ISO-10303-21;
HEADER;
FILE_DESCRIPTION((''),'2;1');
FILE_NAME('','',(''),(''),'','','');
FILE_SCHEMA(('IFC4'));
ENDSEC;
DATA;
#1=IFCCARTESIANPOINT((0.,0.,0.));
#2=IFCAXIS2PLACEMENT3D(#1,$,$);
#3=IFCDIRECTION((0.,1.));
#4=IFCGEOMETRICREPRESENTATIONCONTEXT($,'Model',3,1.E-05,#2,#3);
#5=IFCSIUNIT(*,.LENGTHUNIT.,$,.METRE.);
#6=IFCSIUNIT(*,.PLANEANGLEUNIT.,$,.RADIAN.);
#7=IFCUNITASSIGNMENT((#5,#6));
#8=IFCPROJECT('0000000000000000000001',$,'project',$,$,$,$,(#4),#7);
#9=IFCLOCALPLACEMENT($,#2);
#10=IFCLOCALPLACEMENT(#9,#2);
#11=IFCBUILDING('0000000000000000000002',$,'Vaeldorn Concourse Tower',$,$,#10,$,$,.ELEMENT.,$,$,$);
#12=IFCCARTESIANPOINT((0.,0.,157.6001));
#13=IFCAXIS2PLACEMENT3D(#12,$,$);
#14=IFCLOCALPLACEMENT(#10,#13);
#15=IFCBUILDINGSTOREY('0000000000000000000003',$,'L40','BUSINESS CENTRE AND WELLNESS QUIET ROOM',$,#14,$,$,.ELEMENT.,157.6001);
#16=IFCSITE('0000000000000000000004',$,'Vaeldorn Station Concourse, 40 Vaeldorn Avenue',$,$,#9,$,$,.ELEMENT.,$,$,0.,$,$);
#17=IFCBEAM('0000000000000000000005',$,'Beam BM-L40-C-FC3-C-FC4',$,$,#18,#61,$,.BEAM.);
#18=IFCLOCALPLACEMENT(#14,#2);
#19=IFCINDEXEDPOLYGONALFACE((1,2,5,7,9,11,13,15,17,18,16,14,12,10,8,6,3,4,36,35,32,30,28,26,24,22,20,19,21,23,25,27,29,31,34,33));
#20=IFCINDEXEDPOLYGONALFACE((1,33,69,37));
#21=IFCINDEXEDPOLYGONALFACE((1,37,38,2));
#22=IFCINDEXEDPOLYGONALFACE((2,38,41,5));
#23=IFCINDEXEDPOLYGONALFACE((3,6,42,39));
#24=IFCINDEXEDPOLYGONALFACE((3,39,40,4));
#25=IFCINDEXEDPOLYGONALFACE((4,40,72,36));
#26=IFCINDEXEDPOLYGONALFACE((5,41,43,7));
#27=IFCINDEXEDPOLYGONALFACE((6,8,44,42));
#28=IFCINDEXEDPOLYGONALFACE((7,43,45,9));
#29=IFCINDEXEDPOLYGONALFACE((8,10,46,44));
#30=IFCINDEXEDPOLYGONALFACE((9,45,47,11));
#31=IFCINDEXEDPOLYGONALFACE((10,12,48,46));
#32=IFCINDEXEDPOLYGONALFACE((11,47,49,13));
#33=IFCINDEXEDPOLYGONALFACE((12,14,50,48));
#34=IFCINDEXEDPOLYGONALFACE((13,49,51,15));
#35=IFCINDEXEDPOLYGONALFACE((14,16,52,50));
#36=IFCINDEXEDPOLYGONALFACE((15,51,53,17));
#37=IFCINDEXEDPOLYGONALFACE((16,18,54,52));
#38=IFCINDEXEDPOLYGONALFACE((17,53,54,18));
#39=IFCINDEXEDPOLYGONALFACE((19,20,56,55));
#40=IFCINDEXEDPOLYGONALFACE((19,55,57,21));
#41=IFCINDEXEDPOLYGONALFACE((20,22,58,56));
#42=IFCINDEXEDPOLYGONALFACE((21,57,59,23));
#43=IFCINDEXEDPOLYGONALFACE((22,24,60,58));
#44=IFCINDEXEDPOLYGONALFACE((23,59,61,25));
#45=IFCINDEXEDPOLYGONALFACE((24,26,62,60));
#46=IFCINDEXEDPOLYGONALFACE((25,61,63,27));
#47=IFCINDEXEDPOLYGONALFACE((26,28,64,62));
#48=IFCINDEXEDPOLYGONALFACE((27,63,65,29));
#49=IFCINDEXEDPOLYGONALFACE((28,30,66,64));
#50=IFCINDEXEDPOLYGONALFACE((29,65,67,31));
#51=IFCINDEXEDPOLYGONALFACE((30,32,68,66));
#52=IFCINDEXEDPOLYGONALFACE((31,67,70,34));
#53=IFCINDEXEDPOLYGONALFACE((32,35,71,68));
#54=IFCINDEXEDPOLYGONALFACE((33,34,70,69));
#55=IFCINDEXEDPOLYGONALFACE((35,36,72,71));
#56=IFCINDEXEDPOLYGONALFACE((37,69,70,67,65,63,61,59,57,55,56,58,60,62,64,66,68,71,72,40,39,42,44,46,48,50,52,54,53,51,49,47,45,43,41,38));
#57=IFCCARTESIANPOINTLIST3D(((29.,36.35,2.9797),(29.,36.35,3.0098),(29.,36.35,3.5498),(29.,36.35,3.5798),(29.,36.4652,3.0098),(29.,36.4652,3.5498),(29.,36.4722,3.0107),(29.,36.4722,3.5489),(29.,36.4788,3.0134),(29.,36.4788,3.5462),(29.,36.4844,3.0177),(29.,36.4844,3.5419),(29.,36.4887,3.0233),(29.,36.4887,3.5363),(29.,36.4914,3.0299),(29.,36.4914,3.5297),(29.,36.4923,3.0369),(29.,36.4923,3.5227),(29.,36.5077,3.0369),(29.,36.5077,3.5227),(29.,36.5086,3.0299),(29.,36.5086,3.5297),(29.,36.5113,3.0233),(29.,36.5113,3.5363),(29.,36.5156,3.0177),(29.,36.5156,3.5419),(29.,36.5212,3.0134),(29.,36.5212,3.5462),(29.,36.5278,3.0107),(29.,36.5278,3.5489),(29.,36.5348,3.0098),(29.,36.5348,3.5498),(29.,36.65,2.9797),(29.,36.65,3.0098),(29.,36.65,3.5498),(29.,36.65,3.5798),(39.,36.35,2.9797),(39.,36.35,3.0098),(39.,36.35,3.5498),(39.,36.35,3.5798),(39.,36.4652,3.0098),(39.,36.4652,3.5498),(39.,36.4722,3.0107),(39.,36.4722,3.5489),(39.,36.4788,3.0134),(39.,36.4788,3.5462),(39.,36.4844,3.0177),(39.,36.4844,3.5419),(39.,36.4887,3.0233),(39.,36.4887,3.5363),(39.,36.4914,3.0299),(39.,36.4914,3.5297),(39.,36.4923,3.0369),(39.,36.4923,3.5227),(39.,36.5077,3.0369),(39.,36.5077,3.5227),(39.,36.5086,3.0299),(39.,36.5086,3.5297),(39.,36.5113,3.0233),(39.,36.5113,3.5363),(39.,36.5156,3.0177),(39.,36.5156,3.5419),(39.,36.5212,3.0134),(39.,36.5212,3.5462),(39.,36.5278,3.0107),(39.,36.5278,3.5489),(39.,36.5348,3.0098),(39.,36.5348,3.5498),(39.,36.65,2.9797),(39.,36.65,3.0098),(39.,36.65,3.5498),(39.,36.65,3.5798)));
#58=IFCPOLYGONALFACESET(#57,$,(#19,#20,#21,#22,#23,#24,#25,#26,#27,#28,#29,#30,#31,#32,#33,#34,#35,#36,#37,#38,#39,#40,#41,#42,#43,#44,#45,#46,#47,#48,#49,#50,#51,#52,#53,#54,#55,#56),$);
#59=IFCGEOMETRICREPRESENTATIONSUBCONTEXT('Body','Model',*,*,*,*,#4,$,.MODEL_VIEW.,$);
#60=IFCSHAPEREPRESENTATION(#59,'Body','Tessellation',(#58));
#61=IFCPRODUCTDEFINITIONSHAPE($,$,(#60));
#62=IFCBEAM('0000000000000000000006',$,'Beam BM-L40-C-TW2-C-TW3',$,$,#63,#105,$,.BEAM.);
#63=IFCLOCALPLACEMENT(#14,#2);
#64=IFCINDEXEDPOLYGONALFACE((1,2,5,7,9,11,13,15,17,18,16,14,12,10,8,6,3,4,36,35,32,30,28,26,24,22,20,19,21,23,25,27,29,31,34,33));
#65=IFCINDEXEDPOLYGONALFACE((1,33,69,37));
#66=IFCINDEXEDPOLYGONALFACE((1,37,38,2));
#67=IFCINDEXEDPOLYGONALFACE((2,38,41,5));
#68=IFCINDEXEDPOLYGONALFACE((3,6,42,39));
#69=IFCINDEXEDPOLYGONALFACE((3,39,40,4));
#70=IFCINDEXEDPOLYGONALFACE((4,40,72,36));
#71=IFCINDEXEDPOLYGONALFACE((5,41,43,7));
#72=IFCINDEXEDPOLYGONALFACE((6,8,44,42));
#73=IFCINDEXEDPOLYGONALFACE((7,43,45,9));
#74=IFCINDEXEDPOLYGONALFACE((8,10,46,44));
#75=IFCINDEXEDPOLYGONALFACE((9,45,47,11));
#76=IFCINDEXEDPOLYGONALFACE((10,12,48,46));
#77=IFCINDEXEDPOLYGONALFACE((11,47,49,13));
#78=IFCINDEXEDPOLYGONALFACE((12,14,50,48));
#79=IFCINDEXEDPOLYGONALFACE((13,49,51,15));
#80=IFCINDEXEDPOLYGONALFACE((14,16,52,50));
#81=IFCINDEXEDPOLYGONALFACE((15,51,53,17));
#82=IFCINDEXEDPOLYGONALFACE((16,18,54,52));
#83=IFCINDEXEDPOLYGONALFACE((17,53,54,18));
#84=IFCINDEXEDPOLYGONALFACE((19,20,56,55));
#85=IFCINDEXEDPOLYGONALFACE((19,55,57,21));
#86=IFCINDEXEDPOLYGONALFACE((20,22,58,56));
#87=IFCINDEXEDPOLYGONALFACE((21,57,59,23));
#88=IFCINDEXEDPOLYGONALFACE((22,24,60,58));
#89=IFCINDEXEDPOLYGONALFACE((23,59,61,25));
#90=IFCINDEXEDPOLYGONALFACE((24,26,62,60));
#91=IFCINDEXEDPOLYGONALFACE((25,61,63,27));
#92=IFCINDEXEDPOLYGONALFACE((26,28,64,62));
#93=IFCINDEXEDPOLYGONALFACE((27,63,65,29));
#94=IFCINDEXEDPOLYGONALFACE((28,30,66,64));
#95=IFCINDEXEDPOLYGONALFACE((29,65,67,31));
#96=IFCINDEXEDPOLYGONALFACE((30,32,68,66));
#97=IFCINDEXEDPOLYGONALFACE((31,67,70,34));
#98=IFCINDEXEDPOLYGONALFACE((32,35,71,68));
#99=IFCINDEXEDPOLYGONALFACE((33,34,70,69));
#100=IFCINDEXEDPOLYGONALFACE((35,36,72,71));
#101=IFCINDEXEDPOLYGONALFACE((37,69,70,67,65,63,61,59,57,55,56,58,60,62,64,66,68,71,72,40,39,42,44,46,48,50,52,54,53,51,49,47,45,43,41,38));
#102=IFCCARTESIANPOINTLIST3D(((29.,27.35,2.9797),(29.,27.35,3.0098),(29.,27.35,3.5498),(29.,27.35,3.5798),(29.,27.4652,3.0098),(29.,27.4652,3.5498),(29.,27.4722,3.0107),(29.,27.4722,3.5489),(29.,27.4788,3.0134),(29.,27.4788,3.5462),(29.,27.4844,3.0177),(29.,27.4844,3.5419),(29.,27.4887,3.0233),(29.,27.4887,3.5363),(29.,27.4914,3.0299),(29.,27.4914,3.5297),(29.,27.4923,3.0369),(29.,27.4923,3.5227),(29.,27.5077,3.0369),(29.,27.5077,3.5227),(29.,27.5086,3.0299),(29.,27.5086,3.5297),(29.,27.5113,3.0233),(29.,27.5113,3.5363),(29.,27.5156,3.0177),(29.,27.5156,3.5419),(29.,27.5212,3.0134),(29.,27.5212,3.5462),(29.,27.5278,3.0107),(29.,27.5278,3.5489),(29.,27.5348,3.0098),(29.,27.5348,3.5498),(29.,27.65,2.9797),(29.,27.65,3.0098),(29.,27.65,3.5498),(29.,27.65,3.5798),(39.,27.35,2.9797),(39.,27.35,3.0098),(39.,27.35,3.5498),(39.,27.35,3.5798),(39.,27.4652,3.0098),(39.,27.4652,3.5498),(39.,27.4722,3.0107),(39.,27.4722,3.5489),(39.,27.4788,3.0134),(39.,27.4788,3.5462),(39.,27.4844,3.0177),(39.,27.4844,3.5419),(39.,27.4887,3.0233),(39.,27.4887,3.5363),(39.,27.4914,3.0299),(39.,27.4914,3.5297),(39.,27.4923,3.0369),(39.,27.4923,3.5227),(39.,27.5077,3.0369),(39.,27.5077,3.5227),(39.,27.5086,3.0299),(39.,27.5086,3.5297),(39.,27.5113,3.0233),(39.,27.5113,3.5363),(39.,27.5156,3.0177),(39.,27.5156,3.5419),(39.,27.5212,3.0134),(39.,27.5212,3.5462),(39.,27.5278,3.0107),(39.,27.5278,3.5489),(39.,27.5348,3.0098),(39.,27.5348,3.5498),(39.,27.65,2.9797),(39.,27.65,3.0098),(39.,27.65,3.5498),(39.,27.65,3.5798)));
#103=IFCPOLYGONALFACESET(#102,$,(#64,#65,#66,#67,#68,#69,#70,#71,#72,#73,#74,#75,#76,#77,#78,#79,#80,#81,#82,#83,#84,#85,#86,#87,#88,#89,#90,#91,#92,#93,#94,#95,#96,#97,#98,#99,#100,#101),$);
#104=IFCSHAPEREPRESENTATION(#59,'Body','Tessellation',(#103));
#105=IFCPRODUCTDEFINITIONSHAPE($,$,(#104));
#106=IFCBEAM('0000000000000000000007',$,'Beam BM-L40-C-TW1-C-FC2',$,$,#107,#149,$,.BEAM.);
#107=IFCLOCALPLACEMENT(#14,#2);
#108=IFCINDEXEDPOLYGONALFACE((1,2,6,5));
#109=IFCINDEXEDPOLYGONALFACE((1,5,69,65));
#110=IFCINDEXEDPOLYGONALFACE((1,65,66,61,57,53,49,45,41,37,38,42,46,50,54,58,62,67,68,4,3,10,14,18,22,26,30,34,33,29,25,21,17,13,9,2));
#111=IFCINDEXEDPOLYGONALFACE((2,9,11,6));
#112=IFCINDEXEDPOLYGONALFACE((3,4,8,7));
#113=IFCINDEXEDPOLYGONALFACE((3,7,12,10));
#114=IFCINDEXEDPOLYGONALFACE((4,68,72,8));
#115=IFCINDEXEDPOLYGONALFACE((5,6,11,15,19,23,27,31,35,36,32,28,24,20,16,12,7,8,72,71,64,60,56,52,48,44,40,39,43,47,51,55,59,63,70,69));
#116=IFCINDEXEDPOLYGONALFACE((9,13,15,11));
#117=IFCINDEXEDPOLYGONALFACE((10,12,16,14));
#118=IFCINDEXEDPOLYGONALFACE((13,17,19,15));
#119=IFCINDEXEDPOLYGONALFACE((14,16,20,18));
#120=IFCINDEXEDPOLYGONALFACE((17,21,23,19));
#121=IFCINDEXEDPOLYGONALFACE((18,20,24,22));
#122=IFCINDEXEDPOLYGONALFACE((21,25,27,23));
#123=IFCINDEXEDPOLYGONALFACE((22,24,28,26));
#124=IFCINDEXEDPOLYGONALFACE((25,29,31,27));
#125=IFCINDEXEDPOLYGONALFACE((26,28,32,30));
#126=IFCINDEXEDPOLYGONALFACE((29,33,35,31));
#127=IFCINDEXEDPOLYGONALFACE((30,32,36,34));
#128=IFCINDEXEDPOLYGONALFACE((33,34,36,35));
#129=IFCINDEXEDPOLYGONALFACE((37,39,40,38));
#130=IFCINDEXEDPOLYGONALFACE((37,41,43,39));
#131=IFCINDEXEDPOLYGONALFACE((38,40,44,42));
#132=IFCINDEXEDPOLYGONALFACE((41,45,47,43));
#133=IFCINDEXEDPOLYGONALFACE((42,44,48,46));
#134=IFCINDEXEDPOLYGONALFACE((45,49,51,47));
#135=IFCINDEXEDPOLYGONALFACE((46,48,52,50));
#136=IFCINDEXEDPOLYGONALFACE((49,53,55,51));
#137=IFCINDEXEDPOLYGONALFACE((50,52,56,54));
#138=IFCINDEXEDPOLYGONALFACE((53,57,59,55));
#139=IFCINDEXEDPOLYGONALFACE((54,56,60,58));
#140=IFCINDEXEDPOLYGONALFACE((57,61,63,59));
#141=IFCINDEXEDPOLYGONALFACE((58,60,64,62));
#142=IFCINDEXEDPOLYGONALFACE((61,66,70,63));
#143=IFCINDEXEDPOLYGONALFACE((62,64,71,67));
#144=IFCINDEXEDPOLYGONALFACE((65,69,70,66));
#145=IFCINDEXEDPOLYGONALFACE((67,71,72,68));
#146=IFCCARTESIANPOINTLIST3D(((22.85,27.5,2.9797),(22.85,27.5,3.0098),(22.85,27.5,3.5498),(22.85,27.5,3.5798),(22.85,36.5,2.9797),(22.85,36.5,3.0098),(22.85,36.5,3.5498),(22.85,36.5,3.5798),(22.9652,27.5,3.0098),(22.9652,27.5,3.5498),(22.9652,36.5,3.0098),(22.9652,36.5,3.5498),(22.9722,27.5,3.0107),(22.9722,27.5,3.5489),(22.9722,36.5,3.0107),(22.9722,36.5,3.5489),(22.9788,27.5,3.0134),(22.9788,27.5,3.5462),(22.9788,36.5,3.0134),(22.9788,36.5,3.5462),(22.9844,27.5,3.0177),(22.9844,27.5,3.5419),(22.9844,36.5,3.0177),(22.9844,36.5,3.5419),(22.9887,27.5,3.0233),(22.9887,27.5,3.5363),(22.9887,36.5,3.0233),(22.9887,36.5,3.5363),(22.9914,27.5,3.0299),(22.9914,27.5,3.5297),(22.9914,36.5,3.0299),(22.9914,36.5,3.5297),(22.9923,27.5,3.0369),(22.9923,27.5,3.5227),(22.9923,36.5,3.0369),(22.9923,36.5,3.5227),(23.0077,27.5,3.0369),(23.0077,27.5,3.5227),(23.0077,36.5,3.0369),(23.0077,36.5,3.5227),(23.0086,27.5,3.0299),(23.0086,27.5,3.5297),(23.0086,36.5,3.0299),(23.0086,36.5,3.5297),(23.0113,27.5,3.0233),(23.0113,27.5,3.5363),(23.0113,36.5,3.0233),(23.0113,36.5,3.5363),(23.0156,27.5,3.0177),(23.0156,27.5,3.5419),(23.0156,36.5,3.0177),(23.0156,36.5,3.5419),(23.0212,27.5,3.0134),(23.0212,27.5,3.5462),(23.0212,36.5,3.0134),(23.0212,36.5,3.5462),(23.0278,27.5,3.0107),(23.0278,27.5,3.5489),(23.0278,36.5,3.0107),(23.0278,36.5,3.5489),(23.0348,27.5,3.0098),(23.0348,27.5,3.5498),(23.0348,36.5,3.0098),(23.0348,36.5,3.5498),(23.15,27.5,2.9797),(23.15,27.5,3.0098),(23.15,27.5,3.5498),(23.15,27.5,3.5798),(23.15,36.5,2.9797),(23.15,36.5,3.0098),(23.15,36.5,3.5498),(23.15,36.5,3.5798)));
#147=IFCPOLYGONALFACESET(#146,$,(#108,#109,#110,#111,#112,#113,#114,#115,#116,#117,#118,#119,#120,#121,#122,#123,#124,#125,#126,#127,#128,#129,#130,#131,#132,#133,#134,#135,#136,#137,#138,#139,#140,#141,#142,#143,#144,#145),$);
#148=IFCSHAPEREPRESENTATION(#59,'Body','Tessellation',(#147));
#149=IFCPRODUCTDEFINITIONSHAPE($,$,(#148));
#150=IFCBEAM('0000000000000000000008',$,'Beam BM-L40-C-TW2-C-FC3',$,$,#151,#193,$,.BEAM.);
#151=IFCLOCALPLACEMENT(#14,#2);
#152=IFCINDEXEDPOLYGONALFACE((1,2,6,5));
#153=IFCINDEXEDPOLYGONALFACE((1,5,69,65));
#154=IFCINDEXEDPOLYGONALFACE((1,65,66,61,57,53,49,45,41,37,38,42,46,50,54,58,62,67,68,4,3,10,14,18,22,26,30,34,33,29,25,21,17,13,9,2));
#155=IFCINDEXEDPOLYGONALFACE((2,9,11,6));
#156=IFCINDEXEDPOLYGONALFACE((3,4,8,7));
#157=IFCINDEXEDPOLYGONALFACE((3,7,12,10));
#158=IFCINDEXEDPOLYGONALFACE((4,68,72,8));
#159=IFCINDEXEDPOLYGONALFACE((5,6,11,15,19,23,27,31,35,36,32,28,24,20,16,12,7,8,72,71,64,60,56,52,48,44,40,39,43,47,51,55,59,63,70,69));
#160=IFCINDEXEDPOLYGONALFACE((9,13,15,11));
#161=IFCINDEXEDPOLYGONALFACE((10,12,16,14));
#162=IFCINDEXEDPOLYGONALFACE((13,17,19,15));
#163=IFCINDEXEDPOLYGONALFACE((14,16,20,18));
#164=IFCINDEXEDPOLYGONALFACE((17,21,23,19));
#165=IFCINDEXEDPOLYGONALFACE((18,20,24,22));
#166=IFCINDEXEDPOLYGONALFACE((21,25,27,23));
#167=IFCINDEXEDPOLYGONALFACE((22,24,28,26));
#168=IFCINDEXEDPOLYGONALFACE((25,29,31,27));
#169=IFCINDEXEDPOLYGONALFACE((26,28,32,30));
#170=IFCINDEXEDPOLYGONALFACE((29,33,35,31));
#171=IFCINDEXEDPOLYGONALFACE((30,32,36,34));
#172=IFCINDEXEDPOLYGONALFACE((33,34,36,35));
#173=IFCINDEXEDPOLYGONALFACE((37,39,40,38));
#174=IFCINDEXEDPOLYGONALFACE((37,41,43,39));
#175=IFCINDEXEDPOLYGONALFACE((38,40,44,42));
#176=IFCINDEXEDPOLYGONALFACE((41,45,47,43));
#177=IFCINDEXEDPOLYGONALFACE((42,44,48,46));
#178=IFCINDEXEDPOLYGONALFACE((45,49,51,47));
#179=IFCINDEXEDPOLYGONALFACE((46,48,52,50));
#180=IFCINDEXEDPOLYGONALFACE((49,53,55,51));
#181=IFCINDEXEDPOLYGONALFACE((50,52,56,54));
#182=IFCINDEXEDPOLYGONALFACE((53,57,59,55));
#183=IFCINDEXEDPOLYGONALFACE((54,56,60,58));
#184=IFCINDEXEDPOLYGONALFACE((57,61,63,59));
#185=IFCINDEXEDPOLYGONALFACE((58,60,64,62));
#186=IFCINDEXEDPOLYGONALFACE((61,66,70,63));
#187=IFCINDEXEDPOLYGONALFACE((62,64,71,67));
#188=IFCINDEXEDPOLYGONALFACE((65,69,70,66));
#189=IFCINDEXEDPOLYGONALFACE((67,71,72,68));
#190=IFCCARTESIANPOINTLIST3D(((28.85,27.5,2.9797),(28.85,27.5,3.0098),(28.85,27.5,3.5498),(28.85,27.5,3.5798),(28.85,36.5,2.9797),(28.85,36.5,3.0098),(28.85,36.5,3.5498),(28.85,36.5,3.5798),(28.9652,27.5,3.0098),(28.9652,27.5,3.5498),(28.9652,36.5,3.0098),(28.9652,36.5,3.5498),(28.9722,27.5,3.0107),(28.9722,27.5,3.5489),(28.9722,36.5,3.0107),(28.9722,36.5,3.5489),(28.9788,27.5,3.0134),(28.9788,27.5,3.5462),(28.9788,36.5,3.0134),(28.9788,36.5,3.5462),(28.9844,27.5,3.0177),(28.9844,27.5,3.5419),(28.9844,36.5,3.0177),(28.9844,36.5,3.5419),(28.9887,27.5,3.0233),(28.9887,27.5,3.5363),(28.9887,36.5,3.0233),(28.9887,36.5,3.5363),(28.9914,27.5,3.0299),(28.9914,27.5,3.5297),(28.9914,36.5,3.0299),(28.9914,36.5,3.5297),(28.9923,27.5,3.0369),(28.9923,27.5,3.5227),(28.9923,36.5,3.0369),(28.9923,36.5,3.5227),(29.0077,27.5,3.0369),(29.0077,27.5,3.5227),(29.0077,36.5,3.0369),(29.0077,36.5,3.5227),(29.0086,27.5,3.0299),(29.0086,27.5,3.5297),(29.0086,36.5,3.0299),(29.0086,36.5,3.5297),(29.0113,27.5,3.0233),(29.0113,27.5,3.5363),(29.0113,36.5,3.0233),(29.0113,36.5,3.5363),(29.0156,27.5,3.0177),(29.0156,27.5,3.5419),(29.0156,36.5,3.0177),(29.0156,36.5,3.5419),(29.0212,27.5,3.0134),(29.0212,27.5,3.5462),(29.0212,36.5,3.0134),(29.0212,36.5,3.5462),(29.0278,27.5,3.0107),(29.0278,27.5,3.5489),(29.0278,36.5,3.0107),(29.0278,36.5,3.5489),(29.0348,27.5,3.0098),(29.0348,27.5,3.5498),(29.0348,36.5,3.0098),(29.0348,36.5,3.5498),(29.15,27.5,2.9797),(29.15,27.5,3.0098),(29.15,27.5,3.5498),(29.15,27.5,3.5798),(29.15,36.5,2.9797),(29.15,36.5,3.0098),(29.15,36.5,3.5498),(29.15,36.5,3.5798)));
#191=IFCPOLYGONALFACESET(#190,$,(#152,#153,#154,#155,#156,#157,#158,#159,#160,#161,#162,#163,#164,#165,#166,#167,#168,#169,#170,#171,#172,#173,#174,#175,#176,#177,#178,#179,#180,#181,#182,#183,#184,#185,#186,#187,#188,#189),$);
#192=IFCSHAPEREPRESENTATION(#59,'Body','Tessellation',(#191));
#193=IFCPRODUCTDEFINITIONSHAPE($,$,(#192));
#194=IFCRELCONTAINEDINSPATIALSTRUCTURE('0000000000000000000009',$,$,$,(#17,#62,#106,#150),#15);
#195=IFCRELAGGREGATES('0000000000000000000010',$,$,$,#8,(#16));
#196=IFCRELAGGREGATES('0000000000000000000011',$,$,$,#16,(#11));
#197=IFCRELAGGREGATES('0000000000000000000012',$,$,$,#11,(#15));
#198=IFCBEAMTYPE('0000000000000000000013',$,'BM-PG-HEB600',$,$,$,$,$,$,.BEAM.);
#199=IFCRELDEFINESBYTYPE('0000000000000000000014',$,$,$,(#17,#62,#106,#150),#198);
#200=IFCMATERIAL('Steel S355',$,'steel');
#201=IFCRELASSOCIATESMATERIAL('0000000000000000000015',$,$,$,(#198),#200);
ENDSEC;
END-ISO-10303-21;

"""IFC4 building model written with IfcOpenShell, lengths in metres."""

from ifc_helpers import new_model, si_unit, direction, frame, origin, origin_2d, place, context, subcontext, project, spatial, i_section, extrude, source, transform, mapped, material, material_profile, profile_set, type_object, element, save


model = new_model("IFC4")

# Units and contexts
model_context = context("Model", 3, precision=1e-05, world=origin(), true_north=direction((0.0, 1.0)))
body_context = subcontext(model_context, "Body", "Model", "MODEL_VIEW")
ifc_project = project(units=[si_unit("LENGTHUNIT", "METRE"), si_unit("PLANEANGLEUNIT", "RADIAN")], contexts=[model_context])

# Site, building, storey
site_placement = place(None, origin())
site = spatial("IfcSite", under=ifc_project, at=site_placement, Name="Vaeldorn Station Concourse, 40 Vaeldorn Avenue", CompositionType="ELEMENT", RefElevation=0.0)
building_placement = place(site_placement, origin())
building = spatial("IfcBuilding", under=site, at=building_placement, Name="Vaeldorn Concourse Tower", CompositionType="ELEMENT")
storey_placement = place(building_placement, frame((0.0, 0.0, 157.6001)))
storey = spatial("IfcBuildingStorey", under=building, at=storey_placement, Name="L40", Description="BUSINESS CENTRE AND WELLNESS QUIET ROOM", CompositionType="ELEMENT", Elevation=157.6001)

# Beams
ifc_material_1 = material(Name="Steel S355", Category="steel")
ifc_material_profile_1 = material_profile(ifc_material_1, i_section(OverallWidth=0.3, OverallDepth=0.6001, WebThickness=0.0154, FlangeThickness=0.03, FilletRadius=0.0271, at=origin_2d()), Name="HEB 600")
ifc_profile_set_1 = profile_set([ifc_material_profile_1], Name="Steel S355")
beam_type_1 = type_object("IfcBeamType", Name="BM-PG-HEB600", PredefinedType="BEAM", material=ifc_profile_set_1)
shared_shape_1 = source(origin(), body_context, "Body", "SweptSolid", [
    extrude(i_section(OverallWidth=0.3, OverallDepth=0.6001, WebThickness=0.0154, FlangeThickness=0.03, FilletRadius=0.0271, at=origin_2d()), origin(), (0.0, 0.0, 1.0), 10.0),
])
for number, where, z_axis, x_axis, name in (
    (1, (29.0, 36.5, 3.2798), (1.0, 0.0, 0.0), (0.0, 1.0, 0.0), "Beam BM-L40-C-FC3-C-FC4"),
    (2, (29.0, 27.5, 3.2798), (1.0, 0.0, 0.0), (0.0, 1.0, 0.0), "Beam BM-L40-C-TW2-C-TW3"),
):
    element("IfcBeam", number, at=place(storey_placement, frame(where, z_axis=z_axis, x_axis=x_axis)), inside=storey, type_object=beam_type_1, Name=name, PredefinedType="BEAM", context=body_context, shape_type="MappedRepresentation", body=[
        mapped(shared_shape_1, transform((0.0, 0.0, 0.0), scale=1.0)),
    ])
shared_shape_2 = source(origin(), body_context, "Body", "SweptSolid", [
    extrude(i_section(OverallWidth=0.3, OverallDepth=0.6001, WebThickness=0.0154, FlangeThickness=0.03, FilletRadius=0.0271, at=origin_2d()), origin(), (0.0, 0.0, 1.0), 9.0),
])
for number, where, z_axis, x_axis, name in (
    (3, (23.0, 27.5, 3.2798), (0.0, 1.0, 0.0), (-1.0, 0.0, 0.0), "Beam BM-L40-C-TW1-C-FC2"),
    (4, (29.0, 27.5, 3.2798), (0.0, 1.0, 0.0), (-1.0, 0.0, 0.0), "Beam BM-L40-C-TW2-C-FC3"),
):
    element("IfcBeam", number, at=place(storey_placement, frame(where, z_axis=z_axis, x_axis=x_axis)), inside=storey, type_object=beam_type_1, Name=name, PredefinedType="BEAM", context=body_context, shape_type="MappedRepresentation", body=[
        mapped(shared_shape_2, transform((0.0, 0.0, 0.0), scale=1.0)),
    ])

save(model, "model.ifc")
